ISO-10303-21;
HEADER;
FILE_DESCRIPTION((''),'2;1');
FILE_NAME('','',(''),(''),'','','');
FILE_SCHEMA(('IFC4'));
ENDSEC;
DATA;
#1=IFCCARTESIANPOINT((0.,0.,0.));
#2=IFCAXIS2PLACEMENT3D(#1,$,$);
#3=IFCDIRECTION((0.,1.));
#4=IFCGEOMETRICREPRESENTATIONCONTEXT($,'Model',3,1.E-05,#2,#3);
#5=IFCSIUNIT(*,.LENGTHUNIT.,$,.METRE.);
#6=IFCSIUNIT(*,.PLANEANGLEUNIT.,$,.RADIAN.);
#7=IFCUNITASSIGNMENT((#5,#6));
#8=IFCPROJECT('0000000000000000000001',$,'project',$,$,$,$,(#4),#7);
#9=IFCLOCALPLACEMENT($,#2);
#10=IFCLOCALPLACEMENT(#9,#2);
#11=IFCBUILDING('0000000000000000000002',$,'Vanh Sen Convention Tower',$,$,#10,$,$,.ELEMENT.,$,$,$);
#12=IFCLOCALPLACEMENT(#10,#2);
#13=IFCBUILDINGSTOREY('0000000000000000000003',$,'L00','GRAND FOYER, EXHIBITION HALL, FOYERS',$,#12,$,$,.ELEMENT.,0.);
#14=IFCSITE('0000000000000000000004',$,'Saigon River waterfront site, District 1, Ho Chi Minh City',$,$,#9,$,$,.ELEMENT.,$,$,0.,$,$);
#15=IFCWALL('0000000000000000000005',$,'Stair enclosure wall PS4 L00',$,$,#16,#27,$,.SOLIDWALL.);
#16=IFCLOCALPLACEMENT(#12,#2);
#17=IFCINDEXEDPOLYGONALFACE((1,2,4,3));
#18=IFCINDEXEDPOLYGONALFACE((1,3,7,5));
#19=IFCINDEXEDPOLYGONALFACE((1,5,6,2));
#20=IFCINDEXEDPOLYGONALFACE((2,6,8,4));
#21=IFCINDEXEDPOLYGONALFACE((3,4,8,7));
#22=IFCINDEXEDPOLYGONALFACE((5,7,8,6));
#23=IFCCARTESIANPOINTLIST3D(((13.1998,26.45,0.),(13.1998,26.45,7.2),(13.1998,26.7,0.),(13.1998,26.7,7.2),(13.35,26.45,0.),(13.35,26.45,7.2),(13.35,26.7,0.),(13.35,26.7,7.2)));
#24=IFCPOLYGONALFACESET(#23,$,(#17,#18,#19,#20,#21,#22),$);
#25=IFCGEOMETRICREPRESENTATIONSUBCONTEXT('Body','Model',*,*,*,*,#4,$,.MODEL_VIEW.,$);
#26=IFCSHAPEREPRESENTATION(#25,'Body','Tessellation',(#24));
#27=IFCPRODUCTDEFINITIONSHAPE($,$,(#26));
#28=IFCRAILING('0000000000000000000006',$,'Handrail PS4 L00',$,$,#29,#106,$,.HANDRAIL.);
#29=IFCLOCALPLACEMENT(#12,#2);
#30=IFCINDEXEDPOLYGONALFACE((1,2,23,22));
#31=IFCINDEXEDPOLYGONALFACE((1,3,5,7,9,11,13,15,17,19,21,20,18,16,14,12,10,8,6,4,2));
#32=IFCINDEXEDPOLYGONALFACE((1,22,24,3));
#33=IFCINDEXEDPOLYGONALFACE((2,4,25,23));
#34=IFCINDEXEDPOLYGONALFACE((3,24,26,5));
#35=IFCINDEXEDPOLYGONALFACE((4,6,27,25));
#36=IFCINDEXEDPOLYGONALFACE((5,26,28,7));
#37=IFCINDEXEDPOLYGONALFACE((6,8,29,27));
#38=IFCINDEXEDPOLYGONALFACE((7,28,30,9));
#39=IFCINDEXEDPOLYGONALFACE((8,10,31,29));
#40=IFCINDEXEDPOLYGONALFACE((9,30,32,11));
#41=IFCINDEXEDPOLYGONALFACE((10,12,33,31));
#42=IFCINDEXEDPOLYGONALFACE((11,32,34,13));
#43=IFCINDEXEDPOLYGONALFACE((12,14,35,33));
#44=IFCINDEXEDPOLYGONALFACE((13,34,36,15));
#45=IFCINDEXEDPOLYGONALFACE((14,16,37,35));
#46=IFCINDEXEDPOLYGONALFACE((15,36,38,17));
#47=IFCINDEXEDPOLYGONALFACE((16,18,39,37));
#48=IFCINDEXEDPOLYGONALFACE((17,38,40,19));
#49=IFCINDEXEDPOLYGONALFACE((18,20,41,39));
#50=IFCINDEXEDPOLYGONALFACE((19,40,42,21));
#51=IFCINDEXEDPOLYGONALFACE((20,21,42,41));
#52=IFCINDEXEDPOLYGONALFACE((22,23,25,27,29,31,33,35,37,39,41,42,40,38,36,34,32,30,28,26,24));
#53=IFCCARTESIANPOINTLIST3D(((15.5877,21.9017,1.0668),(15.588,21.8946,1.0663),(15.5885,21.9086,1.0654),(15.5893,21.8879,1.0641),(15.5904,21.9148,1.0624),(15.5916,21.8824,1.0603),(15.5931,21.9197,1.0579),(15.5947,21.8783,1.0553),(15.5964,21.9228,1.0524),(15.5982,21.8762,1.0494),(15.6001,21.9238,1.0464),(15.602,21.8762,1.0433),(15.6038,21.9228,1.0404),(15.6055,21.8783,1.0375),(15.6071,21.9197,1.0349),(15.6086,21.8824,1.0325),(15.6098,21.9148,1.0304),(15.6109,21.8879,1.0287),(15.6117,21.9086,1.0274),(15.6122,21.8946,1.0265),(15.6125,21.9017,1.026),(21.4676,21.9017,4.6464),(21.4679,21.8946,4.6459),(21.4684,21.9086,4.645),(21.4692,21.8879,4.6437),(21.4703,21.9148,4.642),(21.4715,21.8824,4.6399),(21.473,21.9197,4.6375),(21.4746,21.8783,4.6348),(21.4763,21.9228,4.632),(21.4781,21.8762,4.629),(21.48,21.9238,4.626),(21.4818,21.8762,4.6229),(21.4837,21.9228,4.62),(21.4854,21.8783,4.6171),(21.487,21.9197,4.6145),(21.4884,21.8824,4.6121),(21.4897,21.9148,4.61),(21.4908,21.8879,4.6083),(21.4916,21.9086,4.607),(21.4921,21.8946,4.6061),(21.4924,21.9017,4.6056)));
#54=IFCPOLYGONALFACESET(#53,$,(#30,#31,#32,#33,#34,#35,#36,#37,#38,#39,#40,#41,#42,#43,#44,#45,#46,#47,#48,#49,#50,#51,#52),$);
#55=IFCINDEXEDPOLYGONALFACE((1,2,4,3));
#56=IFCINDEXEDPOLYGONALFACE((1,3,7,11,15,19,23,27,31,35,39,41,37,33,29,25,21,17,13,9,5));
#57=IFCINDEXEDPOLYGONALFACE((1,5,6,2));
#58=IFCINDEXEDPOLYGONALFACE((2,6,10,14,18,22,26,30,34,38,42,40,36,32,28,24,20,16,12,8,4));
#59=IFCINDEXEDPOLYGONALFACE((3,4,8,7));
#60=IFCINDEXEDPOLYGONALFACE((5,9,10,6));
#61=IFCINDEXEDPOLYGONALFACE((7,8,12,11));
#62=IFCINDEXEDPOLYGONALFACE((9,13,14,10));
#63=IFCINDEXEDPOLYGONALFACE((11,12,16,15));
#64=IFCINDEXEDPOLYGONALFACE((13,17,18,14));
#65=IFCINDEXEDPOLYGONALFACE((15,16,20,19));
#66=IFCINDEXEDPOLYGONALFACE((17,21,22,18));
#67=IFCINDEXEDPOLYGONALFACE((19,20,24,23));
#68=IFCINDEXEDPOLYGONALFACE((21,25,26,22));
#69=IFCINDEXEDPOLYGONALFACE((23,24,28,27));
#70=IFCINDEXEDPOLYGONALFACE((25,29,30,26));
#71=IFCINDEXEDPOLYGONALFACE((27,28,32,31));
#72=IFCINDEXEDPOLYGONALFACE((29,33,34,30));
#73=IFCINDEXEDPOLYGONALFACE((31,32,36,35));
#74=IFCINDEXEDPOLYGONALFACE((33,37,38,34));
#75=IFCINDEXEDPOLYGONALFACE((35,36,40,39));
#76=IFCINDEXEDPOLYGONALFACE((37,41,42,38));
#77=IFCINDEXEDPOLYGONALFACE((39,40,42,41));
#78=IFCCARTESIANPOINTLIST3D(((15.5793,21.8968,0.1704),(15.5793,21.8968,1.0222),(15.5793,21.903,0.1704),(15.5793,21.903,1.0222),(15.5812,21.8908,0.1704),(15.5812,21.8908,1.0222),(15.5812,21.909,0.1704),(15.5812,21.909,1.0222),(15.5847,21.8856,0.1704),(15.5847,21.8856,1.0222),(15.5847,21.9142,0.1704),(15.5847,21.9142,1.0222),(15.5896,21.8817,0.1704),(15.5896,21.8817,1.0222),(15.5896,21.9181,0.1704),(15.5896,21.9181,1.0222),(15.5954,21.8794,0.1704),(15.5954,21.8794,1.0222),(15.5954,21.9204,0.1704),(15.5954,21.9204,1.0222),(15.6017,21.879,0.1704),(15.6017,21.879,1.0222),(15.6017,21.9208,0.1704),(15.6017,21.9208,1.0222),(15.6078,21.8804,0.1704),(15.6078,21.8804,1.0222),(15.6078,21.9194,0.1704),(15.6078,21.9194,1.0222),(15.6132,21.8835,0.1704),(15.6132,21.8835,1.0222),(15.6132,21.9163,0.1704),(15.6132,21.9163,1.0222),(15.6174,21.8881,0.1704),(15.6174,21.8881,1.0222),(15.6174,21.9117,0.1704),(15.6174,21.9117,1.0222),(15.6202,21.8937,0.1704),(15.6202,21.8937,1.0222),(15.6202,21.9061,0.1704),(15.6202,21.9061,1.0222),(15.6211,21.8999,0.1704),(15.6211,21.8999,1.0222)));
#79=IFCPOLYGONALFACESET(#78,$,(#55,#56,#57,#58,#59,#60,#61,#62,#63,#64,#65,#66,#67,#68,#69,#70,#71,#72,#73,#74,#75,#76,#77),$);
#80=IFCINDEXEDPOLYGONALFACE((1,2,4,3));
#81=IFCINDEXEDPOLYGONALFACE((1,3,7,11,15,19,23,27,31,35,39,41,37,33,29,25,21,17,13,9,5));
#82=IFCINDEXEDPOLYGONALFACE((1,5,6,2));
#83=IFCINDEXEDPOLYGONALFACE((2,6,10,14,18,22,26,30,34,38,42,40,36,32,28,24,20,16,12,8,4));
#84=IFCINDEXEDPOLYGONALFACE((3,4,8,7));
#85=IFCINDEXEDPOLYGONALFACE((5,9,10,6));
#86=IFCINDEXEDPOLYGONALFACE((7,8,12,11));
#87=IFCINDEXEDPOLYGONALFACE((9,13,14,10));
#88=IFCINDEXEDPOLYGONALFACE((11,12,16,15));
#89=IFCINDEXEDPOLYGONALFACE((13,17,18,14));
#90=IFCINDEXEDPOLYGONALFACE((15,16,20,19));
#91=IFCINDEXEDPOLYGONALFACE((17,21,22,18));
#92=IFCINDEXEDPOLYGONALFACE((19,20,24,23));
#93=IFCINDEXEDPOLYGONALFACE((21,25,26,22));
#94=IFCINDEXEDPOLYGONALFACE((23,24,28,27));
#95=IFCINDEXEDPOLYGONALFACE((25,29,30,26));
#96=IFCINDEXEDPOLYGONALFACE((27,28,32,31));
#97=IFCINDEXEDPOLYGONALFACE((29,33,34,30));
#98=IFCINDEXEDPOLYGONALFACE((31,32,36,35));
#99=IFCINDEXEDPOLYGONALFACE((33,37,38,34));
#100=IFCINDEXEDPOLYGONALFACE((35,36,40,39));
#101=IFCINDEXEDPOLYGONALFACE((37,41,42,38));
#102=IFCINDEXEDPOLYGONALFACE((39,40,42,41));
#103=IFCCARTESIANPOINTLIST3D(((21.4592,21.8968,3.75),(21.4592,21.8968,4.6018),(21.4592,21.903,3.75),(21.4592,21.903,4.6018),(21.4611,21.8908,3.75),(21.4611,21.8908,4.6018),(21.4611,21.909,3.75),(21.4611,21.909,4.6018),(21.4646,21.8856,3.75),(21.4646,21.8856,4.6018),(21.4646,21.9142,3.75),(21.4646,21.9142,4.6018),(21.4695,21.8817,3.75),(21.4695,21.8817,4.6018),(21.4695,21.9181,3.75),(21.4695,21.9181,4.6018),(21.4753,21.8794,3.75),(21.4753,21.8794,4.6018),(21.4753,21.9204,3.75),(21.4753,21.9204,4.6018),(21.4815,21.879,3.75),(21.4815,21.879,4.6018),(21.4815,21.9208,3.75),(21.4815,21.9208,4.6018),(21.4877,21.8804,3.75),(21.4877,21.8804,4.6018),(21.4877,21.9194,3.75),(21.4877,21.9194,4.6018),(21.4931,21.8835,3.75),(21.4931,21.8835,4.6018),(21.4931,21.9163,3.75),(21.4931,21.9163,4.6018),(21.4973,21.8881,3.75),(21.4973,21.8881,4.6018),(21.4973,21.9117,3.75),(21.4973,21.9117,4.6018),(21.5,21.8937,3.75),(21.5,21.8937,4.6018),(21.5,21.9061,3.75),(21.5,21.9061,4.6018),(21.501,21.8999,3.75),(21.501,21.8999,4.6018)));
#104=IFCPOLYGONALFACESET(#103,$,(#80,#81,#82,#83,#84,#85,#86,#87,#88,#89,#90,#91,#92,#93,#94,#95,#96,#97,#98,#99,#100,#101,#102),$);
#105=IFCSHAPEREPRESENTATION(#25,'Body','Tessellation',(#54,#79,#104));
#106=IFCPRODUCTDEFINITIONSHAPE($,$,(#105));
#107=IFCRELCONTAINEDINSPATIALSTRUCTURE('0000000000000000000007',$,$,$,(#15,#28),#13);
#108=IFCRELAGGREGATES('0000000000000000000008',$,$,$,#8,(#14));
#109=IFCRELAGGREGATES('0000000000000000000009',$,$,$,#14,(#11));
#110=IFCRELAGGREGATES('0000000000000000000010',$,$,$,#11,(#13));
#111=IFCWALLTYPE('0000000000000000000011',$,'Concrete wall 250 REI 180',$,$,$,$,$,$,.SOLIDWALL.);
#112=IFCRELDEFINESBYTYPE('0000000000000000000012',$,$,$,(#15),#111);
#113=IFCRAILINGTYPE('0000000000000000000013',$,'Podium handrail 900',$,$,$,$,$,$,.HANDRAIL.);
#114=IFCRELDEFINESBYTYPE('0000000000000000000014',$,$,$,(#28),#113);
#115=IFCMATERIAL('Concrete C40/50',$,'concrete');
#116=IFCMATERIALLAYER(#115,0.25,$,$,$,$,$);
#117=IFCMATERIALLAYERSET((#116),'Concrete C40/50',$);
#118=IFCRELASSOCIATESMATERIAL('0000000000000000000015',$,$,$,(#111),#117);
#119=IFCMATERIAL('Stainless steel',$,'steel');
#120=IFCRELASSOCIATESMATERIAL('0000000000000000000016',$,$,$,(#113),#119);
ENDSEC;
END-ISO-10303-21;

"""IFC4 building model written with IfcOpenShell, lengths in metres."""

from ifc_helpers import new_model, si_unit, direction, frame, frame_2d, origin, origin_2d, place, context, subcontext, project, spatial, rectangle, circle, extrude, material, layer, layer_set, type_object, element, save


model = new_model("IFC4")

# Units and contexts
model_context = context("Model", 3, precision=1e-05, world=origin(), true_north=direction((0.0, 1.0)))
body_context = subcontext(model_context, "Body", "Model", "MODEL_VIEW")
ifc_project = project(units=[si_unit("LENGTHUNIT", "METRE"), si_unit("PLANEANGLEUNIT", "RADIAN")], contexts=[model_context])

# Site, building, storey
site_placement = place(None, origin())
site = spatial("IfcSite", under=ifc_project, at=site_placement, Name="Saigon River waterfront site, District 1, Ho Chi Minh City", CompositionType="ELEMENT", RefElevation=0.0)
building_placement = place(site_placement, origin())
building = spatial("IfcBuilding", under=site, at=building_placement, Name="Vanh Sen Convention Tower", CompositionType="ELEMENT")
storey_placement = place(building_placement, origin())
storey = spatial("IfcBuildingStorey", under=building, at=storey_placement, Name="L00", Description="GRAND FOYER, EXHIBITION HALL, FOYERS", CompositionType="ELEMENT", Elevation=0.0)

# Shared definitions
ifc_material_1 = material(Name="Concrete C40/50", Category="concrete")

# Wall
ifc_layer_1 = layer(ifc_material_1, 0.25)
ifc_layer_set_1 = layer_set([ifc_layer_1], Name="Concrete C40/50")
wall_type_1 = type_object("IfcWallType", Name="Concrete wall 250 REI 180", PredefinedType="SOLIDWALL", material=ifc_layer_set_1)
wall_1_placement = place(storey_placement, frame((13.3501, 26.575, 0.0), z_axis=(0.0, 0.0, 1.0), x_axis=(-1.0, 0.0, 0.0)))
element("IfcWall", 1, at=wall_1_placement, inside=storey, type_object=wall_type_1, Name="Stair enclosure wall PS4 L00", PredefinedType="SOLIDWALL", context=body_context, shape_type="SweptSolid", body=[
    extrude(rectangle(XDim=0.1501, YDim=0.25, at=frame_2d((0.0752, 0.0))), origin(), (0.0, 0.0, 1.0), 7.2),
])

# Railing
ifc_material_2 = material(Name="Stainless steel", Category="steel")
railing_type = type_object("IfcRailingType", Name="Podium handrail 900", PredefinedType="HANDRAIL", material=ifc_material_2)
railing_placement = place(storey_placement, frame((15.6001, 21.8999, 0.1704)))
element("IfcRailing", 2, at=railing_placement, inside=storey, type_object=railing_type, Name="Handrail PS4 L00", PredefinedType="HANDRAIL", context=body_context, shape_type="SweptSolid", body=[
    extrude(circle(Radius=0.0239, at=origin_2d()), frame((0.0, 0.0, 0.876), z_axis=(0.854164, 0.0, 0.520003), x_axis=(0.0, 1.0, 0.0)), (0.0, 0.0, 1.0), 6.8838),
    extrude(circle(Radius=0.021, at=origin_2d()), origin(), (0.0, 0.0, 1.0), 0.8518),
    extrude(circle(Radius=0.021, at=origin_2d()), frame((5.8799, 0.0, 3.5796)), (0.0, 0.0, 1.0), 0.8518),
])

save(model, "model.ifc")
